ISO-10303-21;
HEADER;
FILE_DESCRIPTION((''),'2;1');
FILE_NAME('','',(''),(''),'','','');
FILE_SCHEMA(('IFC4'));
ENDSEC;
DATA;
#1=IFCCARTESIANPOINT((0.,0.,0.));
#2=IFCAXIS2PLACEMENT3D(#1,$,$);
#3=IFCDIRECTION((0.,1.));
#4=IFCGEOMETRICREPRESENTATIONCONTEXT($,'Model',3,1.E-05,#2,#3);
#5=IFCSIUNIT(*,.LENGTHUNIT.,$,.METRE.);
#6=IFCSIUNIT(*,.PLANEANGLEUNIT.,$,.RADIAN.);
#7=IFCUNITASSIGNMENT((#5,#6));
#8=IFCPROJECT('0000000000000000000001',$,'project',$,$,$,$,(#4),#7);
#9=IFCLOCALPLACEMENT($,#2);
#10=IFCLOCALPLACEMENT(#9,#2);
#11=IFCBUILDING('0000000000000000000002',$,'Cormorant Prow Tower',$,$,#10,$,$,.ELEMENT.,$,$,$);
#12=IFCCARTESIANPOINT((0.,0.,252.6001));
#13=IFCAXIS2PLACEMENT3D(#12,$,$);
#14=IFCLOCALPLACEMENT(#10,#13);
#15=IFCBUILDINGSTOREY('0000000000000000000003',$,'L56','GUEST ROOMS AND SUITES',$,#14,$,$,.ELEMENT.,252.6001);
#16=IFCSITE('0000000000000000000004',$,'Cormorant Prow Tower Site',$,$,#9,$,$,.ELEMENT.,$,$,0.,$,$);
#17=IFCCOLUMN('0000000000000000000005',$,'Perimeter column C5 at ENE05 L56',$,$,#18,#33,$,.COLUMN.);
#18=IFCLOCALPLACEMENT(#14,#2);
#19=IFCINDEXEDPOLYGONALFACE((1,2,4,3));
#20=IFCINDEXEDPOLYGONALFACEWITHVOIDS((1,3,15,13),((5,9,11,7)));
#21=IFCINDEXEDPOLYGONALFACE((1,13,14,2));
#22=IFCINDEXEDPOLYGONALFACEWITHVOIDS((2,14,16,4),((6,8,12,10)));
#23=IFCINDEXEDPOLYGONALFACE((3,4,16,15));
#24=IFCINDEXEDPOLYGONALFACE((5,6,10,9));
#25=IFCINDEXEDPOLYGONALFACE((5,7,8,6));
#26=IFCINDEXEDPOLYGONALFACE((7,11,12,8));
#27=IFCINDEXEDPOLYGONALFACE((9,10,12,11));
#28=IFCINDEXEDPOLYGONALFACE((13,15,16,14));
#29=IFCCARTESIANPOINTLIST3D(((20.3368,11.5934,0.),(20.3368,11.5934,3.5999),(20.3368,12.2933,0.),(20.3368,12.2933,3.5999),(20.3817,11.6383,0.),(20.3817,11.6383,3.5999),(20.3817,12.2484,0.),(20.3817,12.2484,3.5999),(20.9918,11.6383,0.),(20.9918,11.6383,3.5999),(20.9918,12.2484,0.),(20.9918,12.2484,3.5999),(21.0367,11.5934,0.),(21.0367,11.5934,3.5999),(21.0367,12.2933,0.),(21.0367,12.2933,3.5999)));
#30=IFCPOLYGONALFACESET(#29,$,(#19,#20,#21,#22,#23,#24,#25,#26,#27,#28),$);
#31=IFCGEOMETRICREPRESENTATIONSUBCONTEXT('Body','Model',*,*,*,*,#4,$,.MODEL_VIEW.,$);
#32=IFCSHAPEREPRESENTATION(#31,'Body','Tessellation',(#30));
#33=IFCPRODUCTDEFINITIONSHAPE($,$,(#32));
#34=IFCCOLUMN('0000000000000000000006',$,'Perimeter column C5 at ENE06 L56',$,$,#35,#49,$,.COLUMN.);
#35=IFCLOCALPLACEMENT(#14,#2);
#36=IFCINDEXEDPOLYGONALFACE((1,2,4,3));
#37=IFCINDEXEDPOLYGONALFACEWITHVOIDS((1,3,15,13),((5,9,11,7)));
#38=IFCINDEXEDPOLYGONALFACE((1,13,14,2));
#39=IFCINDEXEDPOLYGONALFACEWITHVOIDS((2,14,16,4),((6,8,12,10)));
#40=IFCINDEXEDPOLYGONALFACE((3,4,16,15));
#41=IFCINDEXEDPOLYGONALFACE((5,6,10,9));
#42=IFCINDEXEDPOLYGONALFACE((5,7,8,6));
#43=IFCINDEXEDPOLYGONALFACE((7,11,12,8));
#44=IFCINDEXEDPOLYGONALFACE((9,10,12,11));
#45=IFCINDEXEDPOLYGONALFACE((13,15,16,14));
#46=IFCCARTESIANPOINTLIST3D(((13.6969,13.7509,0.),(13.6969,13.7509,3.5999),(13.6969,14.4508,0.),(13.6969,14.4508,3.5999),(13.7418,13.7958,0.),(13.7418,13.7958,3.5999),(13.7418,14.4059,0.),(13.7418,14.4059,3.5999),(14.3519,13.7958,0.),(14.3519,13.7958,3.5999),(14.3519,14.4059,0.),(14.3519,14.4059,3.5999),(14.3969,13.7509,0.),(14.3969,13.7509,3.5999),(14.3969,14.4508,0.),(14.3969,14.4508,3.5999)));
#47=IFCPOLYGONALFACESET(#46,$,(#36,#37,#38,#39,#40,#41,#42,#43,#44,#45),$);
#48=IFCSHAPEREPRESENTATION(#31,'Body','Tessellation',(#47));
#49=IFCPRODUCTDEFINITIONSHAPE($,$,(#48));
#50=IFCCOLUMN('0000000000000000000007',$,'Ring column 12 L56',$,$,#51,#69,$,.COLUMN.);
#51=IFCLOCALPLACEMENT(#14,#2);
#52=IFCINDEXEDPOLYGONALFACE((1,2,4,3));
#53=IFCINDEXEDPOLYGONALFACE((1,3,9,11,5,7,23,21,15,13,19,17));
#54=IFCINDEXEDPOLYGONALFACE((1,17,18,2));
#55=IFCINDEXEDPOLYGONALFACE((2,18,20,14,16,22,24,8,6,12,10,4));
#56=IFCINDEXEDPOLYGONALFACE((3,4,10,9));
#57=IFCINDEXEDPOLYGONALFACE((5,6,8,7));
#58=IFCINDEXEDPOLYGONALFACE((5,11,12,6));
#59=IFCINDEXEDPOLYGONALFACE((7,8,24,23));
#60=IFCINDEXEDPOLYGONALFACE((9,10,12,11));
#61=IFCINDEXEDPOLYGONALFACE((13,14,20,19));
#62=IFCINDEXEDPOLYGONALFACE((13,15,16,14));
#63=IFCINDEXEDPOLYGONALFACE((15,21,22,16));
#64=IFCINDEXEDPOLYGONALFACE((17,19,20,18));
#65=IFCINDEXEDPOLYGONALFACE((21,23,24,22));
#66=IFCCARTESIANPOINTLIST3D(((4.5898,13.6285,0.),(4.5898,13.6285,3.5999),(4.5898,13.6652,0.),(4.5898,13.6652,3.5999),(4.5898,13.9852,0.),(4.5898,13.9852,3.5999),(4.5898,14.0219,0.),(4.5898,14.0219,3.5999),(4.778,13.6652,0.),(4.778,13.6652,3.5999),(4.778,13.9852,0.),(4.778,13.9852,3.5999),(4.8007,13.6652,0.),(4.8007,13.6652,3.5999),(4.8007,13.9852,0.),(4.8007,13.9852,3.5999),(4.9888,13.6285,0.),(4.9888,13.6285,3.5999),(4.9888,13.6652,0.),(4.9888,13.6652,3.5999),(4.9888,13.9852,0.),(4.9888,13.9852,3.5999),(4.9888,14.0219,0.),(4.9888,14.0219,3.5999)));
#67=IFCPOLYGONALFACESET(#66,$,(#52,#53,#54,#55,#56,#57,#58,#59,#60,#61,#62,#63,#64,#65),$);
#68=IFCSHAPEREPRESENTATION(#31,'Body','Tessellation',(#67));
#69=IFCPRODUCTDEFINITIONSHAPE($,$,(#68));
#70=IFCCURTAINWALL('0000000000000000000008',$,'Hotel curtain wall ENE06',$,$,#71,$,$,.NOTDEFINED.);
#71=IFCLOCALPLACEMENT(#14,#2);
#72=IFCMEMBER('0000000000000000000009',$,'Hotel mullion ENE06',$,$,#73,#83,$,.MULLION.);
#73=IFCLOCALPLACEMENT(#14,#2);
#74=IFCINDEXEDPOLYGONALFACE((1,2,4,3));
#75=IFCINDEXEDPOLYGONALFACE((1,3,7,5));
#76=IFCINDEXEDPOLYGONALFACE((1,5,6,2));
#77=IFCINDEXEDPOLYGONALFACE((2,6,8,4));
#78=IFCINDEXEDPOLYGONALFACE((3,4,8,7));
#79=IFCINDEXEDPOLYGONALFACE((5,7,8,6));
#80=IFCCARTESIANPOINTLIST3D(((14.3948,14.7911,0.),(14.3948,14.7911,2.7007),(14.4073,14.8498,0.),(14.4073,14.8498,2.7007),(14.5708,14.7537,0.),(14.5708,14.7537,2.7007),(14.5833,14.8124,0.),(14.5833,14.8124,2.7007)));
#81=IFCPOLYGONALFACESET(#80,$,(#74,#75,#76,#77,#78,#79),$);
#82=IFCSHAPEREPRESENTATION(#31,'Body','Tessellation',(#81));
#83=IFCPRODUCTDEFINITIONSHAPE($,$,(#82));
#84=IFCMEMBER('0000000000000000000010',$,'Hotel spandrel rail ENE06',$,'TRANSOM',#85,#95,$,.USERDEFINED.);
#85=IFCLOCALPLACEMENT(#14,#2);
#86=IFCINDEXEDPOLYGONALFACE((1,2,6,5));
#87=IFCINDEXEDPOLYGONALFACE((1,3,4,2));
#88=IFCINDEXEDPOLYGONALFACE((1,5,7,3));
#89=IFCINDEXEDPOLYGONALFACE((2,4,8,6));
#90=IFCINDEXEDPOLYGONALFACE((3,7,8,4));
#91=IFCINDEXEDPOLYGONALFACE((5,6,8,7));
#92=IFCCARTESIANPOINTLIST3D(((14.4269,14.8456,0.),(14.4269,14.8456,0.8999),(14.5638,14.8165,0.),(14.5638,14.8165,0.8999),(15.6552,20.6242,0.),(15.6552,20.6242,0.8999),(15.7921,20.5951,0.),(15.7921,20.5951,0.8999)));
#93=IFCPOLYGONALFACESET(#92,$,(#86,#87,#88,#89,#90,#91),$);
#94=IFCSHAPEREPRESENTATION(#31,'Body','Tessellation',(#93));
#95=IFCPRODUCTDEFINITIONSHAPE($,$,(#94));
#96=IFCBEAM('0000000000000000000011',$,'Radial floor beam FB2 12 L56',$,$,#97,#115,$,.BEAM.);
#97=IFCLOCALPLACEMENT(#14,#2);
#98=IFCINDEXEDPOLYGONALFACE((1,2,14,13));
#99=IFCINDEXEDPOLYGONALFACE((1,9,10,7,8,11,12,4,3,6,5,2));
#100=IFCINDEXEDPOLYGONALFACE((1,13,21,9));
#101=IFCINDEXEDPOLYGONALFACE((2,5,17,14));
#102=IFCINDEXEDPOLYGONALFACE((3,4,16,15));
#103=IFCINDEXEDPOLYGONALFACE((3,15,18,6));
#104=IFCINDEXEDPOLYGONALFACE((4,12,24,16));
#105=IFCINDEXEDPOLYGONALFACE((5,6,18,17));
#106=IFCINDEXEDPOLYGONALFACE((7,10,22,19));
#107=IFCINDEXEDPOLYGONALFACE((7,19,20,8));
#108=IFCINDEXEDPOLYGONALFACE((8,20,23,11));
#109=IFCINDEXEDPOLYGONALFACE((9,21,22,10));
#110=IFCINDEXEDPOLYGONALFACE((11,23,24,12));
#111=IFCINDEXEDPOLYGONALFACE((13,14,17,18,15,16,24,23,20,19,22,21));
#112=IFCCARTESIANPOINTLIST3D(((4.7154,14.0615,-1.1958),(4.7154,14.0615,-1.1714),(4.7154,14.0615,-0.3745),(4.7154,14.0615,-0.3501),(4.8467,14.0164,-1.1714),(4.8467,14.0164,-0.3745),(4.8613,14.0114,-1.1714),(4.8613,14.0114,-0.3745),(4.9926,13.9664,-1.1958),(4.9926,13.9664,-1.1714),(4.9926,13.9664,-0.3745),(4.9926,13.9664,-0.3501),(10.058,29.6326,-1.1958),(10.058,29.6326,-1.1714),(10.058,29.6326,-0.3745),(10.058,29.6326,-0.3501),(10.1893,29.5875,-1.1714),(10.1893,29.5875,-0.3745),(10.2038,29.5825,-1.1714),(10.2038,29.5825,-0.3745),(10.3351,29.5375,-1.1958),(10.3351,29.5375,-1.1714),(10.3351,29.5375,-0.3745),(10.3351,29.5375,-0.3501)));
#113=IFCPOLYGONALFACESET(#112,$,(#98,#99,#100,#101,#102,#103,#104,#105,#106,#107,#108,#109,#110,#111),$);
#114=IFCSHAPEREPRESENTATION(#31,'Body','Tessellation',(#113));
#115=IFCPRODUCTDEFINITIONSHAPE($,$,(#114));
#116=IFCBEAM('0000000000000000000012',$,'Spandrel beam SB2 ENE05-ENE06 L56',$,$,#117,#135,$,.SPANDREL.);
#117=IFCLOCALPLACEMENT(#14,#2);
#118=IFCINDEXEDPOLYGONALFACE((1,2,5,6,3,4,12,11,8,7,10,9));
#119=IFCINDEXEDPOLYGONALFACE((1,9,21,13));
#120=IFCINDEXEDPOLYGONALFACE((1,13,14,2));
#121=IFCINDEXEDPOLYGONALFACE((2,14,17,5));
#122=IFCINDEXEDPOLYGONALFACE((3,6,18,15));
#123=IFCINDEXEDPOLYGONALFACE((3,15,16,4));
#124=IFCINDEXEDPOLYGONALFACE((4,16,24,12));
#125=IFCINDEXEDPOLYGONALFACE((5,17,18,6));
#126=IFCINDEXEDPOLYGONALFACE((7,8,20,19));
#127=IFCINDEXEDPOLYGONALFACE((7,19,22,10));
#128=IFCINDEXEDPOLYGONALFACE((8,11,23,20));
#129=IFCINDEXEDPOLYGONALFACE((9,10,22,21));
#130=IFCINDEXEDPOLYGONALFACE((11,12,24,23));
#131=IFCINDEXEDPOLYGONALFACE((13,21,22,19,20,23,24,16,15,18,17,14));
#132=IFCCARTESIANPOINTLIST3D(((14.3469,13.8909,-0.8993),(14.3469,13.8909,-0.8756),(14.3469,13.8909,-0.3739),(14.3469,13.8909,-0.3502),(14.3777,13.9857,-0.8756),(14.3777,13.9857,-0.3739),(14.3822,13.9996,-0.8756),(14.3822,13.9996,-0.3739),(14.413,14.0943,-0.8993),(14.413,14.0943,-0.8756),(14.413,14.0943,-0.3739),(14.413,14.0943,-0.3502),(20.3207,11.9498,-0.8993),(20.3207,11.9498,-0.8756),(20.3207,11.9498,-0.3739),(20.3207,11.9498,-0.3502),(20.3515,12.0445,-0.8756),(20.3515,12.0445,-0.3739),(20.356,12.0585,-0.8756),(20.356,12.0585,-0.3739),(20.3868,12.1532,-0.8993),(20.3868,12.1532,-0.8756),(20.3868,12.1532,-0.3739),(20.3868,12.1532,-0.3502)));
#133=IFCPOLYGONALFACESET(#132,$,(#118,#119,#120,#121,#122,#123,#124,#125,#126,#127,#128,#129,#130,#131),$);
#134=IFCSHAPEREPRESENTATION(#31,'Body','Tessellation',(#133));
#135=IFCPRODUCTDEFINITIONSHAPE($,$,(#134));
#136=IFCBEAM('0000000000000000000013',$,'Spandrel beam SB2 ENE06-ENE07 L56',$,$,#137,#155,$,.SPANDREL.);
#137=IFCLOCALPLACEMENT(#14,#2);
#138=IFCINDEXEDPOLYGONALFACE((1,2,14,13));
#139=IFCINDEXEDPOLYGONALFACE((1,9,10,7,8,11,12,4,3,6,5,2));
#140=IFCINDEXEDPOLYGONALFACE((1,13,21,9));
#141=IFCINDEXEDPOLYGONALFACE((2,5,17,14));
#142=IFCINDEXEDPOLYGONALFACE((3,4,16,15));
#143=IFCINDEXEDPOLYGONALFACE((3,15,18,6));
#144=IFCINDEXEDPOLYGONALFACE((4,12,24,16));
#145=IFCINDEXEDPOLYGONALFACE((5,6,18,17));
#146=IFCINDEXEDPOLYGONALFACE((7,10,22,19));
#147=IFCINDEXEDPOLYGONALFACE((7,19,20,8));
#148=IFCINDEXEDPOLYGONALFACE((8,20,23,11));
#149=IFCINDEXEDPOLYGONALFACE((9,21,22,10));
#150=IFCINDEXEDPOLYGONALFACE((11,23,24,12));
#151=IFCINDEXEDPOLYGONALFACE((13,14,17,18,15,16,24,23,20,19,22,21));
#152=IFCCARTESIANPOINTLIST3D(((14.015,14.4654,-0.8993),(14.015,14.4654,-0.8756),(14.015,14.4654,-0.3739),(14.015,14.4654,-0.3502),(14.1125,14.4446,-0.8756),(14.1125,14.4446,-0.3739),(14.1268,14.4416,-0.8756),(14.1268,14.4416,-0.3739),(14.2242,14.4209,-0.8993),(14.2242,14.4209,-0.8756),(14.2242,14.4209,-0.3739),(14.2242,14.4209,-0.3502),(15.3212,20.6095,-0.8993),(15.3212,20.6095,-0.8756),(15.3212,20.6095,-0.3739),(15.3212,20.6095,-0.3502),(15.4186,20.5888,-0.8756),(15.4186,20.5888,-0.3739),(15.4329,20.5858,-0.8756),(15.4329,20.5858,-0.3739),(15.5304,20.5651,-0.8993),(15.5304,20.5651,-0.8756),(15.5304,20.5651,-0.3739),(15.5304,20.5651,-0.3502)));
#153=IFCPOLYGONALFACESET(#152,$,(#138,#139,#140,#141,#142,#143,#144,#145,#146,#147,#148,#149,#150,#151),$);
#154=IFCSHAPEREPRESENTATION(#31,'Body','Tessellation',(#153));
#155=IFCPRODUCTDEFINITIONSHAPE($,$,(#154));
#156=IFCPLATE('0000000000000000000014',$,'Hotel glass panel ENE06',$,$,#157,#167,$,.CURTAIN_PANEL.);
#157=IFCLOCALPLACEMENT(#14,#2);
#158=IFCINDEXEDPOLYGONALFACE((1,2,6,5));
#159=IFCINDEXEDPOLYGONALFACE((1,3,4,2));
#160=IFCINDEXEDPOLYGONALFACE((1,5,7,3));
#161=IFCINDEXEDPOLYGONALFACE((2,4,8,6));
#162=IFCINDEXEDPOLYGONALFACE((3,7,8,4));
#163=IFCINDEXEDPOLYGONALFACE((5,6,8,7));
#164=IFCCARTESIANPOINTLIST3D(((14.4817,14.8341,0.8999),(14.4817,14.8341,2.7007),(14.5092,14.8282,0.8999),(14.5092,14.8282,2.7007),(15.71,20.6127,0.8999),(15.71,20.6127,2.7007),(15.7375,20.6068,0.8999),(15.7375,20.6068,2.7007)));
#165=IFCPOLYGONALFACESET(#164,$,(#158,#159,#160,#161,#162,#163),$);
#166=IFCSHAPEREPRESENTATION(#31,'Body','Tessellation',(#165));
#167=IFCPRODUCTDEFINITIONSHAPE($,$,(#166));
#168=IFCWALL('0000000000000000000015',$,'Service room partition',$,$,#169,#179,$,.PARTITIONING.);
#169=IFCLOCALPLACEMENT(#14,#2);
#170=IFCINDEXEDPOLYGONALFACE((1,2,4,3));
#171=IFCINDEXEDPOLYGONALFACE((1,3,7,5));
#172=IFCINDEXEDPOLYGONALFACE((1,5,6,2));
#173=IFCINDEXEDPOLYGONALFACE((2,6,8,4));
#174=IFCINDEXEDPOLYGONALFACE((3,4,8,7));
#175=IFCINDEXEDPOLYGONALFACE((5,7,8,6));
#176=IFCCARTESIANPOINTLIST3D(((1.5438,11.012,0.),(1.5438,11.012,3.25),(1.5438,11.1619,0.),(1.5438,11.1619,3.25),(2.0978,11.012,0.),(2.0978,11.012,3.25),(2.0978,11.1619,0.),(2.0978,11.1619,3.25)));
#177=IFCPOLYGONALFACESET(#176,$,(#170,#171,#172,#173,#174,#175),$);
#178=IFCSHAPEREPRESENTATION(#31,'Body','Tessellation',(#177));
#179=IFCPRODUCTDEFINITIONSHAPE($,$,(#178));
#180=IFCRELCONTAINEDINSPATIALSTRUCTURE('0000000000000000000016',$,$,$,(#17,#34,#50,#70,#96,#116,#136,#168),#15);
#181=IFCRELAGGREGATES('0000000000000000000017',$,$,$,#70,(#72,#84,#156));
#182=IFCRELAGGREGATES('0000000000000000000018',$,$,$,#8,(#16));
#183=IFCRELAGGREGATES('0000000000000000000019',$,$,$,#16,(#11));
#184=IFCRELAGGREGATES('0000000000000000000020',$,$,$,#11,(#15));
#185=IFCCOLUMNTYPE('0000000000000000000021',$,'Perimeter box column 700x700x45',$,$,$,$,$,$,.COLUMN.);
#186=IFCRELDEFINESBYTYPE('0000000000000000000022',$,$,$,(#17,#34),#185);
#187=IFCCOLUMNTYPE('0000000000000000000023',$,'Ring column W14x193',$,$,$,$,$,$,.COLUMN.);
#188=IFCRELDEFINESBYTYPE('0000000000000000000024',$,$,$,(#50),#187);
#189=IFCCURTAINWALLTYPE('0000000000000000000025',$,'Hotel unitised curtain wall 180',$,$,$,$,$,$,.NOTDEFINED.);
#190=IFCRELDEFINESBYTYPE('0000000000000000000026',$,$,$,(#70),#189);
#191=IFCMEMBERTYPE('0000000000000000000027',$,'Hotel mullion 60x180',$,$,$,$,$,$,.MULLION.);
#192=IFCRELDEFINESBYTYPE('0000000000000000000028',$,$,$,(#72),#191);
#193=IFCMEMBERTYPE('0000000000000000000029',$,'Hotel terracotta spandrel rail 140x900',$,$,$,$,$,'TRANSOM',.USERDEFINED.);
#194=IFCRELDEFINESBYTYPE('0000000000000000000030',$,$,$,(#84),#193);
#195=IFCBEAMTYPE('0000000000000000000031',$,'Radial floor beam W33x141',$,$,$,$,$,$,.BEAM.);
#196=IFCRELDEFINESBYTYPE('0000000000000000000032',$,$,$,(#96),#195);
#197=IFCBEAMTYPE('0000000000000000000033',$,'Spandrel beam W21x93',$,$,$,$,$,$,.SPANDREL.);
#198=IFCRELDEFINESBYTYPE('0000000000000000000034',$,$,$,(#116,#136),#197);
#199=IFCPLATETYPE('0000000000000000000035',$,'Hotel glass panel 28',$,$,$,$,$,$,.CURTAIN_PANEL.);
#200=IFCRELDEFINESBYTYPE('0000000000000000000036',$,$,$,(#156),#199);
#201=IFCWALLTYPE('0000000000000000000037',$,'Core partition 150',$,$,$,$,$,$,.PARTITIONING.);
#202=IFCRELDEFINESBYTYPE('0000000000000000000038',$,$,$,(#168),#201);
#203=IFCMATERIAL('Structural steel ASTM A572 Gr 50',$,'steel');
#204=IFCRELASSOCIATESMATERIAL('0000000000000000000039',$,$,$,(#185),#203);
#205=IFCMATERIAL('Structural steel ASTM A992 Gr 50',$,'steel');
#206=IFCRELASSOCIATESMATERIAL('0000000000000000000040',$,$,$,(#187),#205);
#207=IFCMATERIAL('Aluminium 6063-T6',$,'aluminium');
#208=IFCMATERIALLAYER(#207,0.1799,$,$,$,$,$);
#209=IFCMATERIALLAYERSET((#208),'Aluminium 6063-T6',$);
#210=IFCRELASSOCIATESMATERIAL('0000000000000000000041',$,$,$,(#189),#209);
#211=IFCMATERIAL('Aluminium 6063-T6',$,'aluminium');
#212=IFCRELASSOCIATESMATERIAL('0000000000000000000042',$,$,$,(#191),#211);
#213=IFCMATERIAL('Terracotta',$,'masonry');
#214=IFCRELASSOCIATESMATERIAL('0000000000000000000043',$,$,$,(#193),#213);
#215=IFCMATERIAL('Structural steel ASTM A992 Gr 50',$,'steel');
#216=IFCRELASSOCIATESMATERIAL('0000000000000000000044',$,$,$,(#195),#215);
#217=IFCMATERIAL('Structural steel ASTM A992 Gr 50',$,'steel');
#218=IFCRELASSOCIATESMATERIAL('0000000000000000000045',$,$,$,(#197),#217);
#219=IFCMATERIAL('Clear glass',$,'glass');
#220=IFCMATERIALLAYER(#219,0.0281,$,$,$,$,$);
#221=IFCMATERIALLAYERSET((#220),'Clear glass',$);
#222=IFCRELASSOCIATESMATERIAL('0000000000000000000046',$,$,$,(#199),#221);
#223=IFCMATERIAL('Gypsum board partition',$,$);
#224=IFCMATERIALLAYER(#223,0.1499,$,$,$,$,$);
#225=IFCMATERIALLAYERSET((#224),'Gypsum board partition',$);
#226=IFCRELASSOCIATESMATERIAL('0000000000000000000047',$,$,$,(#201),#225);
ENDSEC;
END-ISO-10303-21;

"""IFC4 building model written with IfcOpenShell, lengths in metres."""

from ifc_helpers import new_model, si_unit, direction, frame, frame_2d, origin, origin_2d, place, context, subcontext, project, spatial, rectangle, hollow_rectangle, i_section, extrude, material, layer, layer_set, material_profile, profile_set, type_object, element, aggregate, save


model = new_model("IFC4")

# Units and contexts
model_context = context("Model", 3, precision=1e-05, world=origin(), true_north=direction((0.0, 1.0)))
body_context = subcontext(model_context, "Body", "Model", "MODEL_VIEW")
ifc_project = project(units=[si_unit("LENGTHUNIT", "METRE"), si_unit("PLANEANGLEUNIT", "RADIAN")], contexts=[model_context])

# Site, building, storey
site_placement = place(None, origin())
site = spatial("IfcSite", under=ifc_project, at=site_placement, Name="Cormorant Prow Tower Site", CompositionType="ELEMENT", RefElevation=0.0)
building_placement = place(site_placement, origin())
building = spatial("IfcBuilding", under=site, at=building_placement, Name="Cormorant Prow Tower", CompositionType="ELEMENT")
storey_placement = place(building_placement, frame((0.0, 0.0, 252.6001)))
storey = spatial("IfcBuildingStorey", under=building, at=storey_placement, Name="L56", Description="GUEST ROOMS AND SUITES", CompositionType="ELEMENT", Elevation=252.6001)

# Columns
ifc_material_1 = material(Name="Structural steel ASTM A572 Gr 50", Category="steel")
ifc_material_profile_1 = material_profile(ifc_material_1, hollow_rectangle(XDim=0.7, YDim=0.7, WallThickness=0.0449, at=origin_2d()), Name="Box 700x700x45")
ifc_profile_set_1 = profile_set([ifc_material_profile_1], Name="Structural steel ASTM A572 Gr 50")
column_type_1 = type_object("IfcColumnType", Name="Perimeter box column 700x700x45", PredefinedType="COLUMN", material=ifc_profile_set_1)
for number, where, z_axis, x_axis, name in (
    (1, (20.6868, 11.9434, 0.0), (0.0, 0.0, 1.0), (1.0, 0.0, 0.0), "Perimeter column C5 at ENE05 L56"),
    (2, (14.0469, 14.1008, 0.0), (0.0, 0.0, 1.0), (1.0, 0.0, 0.0), "Perimeter column C5 at ENE06 L56"),
):
    element("IfcColumn", number, at=place(storey_placement, frame(where, z_axis=z_axis, x_axis=x_axis)), inside=storey, type_object=column_type_1, Name=name, PredefinedType="COLUMN", context=body_context, shape_type="SweptSolid", body=[
        extrude(hollow_rectangle(XDim=0.7, YDim=0.7, WallThickness=0.0449, at=origin_2d()), origin(), (0.0, 0.0, 1.0), 3.5999),
    ])
ifc_material_2 = material(Name="Structural steel ASTM A992 Gr 50", Category="steel")
ifc_material_profile_2 = material_profile(ifc_material_2, i_section(OverallWidth=0.3989, OverallDepth=0.3933, WebThickness=0.0227, FlangeThickness=0.0366, at=origin_2d()), Name="W14x193")
ifc_profile_set_2 = profile_set([ifc_material_profile_2], Name="Structural steel ASTM A992 Gr 50")
column_type_2 = type_object("IfcColumnType", Name="Ring column W14x193", PredefinedType="COLUMN", material=ifc_profile_set_2)
column_placement = place(storey_placement, frame((4.7893, 13.8252, 0.0), z_axis=(0.0, 0.0, 1.0), x_axis=(1.0, 0.0, 0.0)))
element("IfcColumn", 3, at=column_placement, inside=storey, type_object=column_type_2, Name="Ring column 12 L56", PredefinedType="COLUMN", context=body_context, shape_type="SweptSolid", body=[
    extrude(i_section(OverallWidth=0.3989, OverallDepth=0.3933, WebThickness=0.0227, FlangeThickness=0.0366, at=origin_2d()), origin(), (0.0, 0.0, 1.0), 3.5999),
])

# Curtain wall, members
ifc_material_3 = material(Name="Aluminium 6063-T6", Category="aluminium")
ifc_layer_1 = layer(ifc_material_3, 0.1799)
ifc_layer_set_1 = layer_set([ifc_layer_1], Name="Aluminium 6063-T6")
curtain_wall_type = type_object("IfcCurtainWallType", Name="Hotel unitised curtain wall 180", PredefinedType="NOTDEFINED", material=ifc_layer_set_1)
curtain_wall_placement = place(storey_placement, origin())
curtain_wall = element("IfcCurtainWall", 4, at=curtain_wall_placement, inside=storey, type_object=curtain_wall_type, Name="Hotel curtain wall ENE06", PredefinedType="NOTDEFINED")
ifc_material_4 = material(Name="Aluminium 6063-T6", Category="aluminium")
ifc_material_profile_3 = material_profile(ifc_material_4, rectangle(XDim=0.1799, YDim=0.0601, at=origin_2d()), Name="Hotel mullion 60x180")
ifc_profile_set_3 = profile_set([ifc_material_profile_3], Name="Aluminium 6063-T6")
member_type_1 = type_object("IfcMemberType", Name="Hotel mullion 60x180", PredefinedType="MULLION", material=ifc_profile_set_3)
member_1_placement = place(storey_placement, frame((14.489, 14.8018, 0.0), z_axis=(0.0, 0.0, 1.0), x_axis=(-0.978148, 0.207912, 0.0)))
member_1 = element("IfcMember", 5, at=member_1_placement, type_object=member_type_1, Name="Hotel mullion ENE06", PredefinedType="MULLION", context=body_context, shape_type="SweptSolid", body=[
    extrude(rectangle(XDim=0.1799, YDim=0.0601, at=origin_2d()), origin(), (0.0, 0.0, 1.0), 2.7007),
])
ifc_material_5 = material(Name="Terracotta", Category="masonry")
ifc_material_profile_4 = material_profile(ifc_material_5, rectangle(XDim=0.1399, YDim=0.8999, at=origin_2d()), Name="Hotel terracotta spandrel rail 140x900")
ifc_profile_set_4 = profile_set([ifc_material_profile_4], Name="Terracotta")
member_type_2 = type_object("IfcMemberType", Name="Hotel terracotta spandrel rail 140x900", ElementType="TRANSOM", PredefinedType="USERDEFINED", material=ifc_profile_set_4)
member_2_placement = place(storey_placement, frame((14.4954, 14.8311, 0.45), z_axis=(0.207912, 0.978148, 0.0), x_axis=(-0.978148, 0.207912, 0.0)))
member_2 = element("IfcMember", 6, at=member_2_placement, type_object=member_type_2, Name="Hotel spandrel rail ENE06", ObjectType="TRANSOM", PredefinedType="USERDEFINED", context=body_context, shape_type="SweptSolid", body=[
    extrude(rectangle(XDim=0.1399, YDim=0.8999, at=origin_2d()), origin(), (0.0, 0.0, 1.0), 5.9077),
])

# Beams
ifc_material_6 = material(Name="Structural steel ASTM A992 Gr 50", Category="steel")
ifc_material_profile_5 = material_profile(ifc_material_6, i_section(OverallWidth=0.293, OverallDepth=0.8457, WebThickness=0.0154, FlangeThickness=0.0244, at=origin_2d()), Name="W33x141")
ifc_profile_set_5 = profile_set([ifc_material_profile_5], Name="Structural steel ASTM A992 Gr 50")
beam_type_1 = type_object("IfcBeamType", Name="Radial floor beam W33x141", PredefinedType="BEAM", material=ifc_profile_set_5)
beam_1_placement = place(storey_placement, frame((4.854, 14.0139, -0.7729), z_axis=(0.324536, 0.945874, 0.0), x_axis=(-0.945874, 0.324536, 0.0)))
element("IfcBeam", 7, at=beam_1_placement, inside=storey, type_object=beam_type_1, Name="Radial floor beam FB2 12 L56", PredefinedType="BEAM", context=body_context, shape_type="SweptSolid", body=[
    extrude(i_section(OverallWidth=0.293, OverallDepth=0.8457, WebThickness=0.0154, FlangeThickness=0.0244, at=origin_2d()), origin(), (0.0, 0.0, 1.0), 16.4622),
])
ifc_material_7 = material(Name="Structural steel ASTM A992 Gr 50", Category="steel")
ifc_material_profile_6 = material_profile(ifc_material_7, i_section(OverallWidth=0.2139, OverallDepth=0.5491, WebThickness=0.0146, FlangeThickness=0.0237, at=origin_2d()), Name="W21x93")
ifc_profile_set_6 = profile_set([ifc_material_profile_6], Name="Structural steel ASTM A992 Gr 50")
beam_type_2 = type_object("IfcBeamType", Name="Spandrel beam W21x93", PredefinedType="SPANDREL", material=ifc_profile_set_6)
beam_2_placement = place(storey_placement, frame((20.3538, 12.0515, -0.6248), z_axis=(-0.95105, 0.309036, 0.0), x_axis=(-0.309036, -0.95105, 0.0)))
element("IfcBeam", 8, at=beam_2_placement, inside=storey, type_object=beam_type_2, Name="Spandrel beam SB2 ENE05-ENE06 L56", PredefinedType="SPANDREL", context=body_context, shape_type="SweptSolid", body=[
    extrude(i_section(OverallWidth=0.2139, OverallDepth=0.5491, WebThickness=0.0146, FlangeThickness=0.0237, at=origin_2d()), origin(), (0.0, 0.0, 1.0), 6.2812),
])
beam_3_placement = place(storey_placement, frame((14.1196, 14.4431, -0.6248), z_axis=(0.207934, 0.978143, 0.0), x_axis=(-0.978143, 0.207934, 0.0)))
element("IfcBeam", 9, at=beam_3_placement, inside=storey, type_object=beam_type_2, Name="Spandrel beam SB2 ENE06-ENE07 L56", PredefinedType="SPANDREL", context=body_context, shape_type="SweptSolid", body=[
    extrude(i_section(OverallWidth=0.2139, OverallDepth=0.5491, WebThickness=0.0146, FlangeThickness=0.0237, at=origin_2d()), origin(), (0.0, 0.0, 1.0), 6.2815),
])

# Plate
ifc_material_8 = material(Name="Clear glass", Category="glass")
ifc_layer_2 = layer(ifc_material_8, 0.0281)
ifc_layer_set_2 = layer_set([ifc_layer_2], Name="Clear glass")
plate_type = type_object("IfcPlateType", Name="Hotel glass panel 28", PredefinedType="CURTAIN_PANEL", material=ifc_layer_set_2)
plate_placement = place(storey_placement, frame((15.1096, 17.7205, 0.8999), z_axis=(0.0, 0.0, 1.0), x_axis=(0.207912, 0.978148, 0.0)))
plate = element("IfcPlate", 10, at=plate_placement, type_object=plate_type, Name="Hotel glass panel ENE06", PredefinedType="CURTAIN_PANEL", context=body_context, shape_type="SweptSolid", body=[
    extrude(rectangle(XDim=5.9077, YDim=0.0281, at=origin_2d()), origin(), (0.0, 0.0, 1.0), 1.8008),
])
aggregate(curtain_wall, [member_1, member_2, plate])

# Wall
ifc_material_9 = material(Name="Gypsum board partition")
ifc_layer_3 = layer(ifc_material_9, 0.1499)
ifc_layer_set_3 = layer_set([ifc_layer_3], Name="Gypsum board partition")
wall_type_1 = type_object("IfcWallType", Name="Core partition 150", PredefinedType="PARTITIONING", material=ifc_layer_set_3)
wall_1_placement = place(storey_placement, frame((1.5439, 11.0869, 0.0), z_axis=(0.0, 0.0, 1.0), x_axis=(1.0, 0.0, 0.0)))
element("IfcWall", 11, at=wall_1_placement, inside=storey, type_object=wall_type_1, Name="Service room partition", PredefinedType="PARTITIONING", context=body_context, shape_type="SweptSolid", body=[
    extrude(rectangle(XDim=0.554, YDim=0.1499, at=frame_2d((0.2769, 0.0))), origin(), (0.0, 0.0, 1.0), 3.25),
])

save(model, "model.ifc")
